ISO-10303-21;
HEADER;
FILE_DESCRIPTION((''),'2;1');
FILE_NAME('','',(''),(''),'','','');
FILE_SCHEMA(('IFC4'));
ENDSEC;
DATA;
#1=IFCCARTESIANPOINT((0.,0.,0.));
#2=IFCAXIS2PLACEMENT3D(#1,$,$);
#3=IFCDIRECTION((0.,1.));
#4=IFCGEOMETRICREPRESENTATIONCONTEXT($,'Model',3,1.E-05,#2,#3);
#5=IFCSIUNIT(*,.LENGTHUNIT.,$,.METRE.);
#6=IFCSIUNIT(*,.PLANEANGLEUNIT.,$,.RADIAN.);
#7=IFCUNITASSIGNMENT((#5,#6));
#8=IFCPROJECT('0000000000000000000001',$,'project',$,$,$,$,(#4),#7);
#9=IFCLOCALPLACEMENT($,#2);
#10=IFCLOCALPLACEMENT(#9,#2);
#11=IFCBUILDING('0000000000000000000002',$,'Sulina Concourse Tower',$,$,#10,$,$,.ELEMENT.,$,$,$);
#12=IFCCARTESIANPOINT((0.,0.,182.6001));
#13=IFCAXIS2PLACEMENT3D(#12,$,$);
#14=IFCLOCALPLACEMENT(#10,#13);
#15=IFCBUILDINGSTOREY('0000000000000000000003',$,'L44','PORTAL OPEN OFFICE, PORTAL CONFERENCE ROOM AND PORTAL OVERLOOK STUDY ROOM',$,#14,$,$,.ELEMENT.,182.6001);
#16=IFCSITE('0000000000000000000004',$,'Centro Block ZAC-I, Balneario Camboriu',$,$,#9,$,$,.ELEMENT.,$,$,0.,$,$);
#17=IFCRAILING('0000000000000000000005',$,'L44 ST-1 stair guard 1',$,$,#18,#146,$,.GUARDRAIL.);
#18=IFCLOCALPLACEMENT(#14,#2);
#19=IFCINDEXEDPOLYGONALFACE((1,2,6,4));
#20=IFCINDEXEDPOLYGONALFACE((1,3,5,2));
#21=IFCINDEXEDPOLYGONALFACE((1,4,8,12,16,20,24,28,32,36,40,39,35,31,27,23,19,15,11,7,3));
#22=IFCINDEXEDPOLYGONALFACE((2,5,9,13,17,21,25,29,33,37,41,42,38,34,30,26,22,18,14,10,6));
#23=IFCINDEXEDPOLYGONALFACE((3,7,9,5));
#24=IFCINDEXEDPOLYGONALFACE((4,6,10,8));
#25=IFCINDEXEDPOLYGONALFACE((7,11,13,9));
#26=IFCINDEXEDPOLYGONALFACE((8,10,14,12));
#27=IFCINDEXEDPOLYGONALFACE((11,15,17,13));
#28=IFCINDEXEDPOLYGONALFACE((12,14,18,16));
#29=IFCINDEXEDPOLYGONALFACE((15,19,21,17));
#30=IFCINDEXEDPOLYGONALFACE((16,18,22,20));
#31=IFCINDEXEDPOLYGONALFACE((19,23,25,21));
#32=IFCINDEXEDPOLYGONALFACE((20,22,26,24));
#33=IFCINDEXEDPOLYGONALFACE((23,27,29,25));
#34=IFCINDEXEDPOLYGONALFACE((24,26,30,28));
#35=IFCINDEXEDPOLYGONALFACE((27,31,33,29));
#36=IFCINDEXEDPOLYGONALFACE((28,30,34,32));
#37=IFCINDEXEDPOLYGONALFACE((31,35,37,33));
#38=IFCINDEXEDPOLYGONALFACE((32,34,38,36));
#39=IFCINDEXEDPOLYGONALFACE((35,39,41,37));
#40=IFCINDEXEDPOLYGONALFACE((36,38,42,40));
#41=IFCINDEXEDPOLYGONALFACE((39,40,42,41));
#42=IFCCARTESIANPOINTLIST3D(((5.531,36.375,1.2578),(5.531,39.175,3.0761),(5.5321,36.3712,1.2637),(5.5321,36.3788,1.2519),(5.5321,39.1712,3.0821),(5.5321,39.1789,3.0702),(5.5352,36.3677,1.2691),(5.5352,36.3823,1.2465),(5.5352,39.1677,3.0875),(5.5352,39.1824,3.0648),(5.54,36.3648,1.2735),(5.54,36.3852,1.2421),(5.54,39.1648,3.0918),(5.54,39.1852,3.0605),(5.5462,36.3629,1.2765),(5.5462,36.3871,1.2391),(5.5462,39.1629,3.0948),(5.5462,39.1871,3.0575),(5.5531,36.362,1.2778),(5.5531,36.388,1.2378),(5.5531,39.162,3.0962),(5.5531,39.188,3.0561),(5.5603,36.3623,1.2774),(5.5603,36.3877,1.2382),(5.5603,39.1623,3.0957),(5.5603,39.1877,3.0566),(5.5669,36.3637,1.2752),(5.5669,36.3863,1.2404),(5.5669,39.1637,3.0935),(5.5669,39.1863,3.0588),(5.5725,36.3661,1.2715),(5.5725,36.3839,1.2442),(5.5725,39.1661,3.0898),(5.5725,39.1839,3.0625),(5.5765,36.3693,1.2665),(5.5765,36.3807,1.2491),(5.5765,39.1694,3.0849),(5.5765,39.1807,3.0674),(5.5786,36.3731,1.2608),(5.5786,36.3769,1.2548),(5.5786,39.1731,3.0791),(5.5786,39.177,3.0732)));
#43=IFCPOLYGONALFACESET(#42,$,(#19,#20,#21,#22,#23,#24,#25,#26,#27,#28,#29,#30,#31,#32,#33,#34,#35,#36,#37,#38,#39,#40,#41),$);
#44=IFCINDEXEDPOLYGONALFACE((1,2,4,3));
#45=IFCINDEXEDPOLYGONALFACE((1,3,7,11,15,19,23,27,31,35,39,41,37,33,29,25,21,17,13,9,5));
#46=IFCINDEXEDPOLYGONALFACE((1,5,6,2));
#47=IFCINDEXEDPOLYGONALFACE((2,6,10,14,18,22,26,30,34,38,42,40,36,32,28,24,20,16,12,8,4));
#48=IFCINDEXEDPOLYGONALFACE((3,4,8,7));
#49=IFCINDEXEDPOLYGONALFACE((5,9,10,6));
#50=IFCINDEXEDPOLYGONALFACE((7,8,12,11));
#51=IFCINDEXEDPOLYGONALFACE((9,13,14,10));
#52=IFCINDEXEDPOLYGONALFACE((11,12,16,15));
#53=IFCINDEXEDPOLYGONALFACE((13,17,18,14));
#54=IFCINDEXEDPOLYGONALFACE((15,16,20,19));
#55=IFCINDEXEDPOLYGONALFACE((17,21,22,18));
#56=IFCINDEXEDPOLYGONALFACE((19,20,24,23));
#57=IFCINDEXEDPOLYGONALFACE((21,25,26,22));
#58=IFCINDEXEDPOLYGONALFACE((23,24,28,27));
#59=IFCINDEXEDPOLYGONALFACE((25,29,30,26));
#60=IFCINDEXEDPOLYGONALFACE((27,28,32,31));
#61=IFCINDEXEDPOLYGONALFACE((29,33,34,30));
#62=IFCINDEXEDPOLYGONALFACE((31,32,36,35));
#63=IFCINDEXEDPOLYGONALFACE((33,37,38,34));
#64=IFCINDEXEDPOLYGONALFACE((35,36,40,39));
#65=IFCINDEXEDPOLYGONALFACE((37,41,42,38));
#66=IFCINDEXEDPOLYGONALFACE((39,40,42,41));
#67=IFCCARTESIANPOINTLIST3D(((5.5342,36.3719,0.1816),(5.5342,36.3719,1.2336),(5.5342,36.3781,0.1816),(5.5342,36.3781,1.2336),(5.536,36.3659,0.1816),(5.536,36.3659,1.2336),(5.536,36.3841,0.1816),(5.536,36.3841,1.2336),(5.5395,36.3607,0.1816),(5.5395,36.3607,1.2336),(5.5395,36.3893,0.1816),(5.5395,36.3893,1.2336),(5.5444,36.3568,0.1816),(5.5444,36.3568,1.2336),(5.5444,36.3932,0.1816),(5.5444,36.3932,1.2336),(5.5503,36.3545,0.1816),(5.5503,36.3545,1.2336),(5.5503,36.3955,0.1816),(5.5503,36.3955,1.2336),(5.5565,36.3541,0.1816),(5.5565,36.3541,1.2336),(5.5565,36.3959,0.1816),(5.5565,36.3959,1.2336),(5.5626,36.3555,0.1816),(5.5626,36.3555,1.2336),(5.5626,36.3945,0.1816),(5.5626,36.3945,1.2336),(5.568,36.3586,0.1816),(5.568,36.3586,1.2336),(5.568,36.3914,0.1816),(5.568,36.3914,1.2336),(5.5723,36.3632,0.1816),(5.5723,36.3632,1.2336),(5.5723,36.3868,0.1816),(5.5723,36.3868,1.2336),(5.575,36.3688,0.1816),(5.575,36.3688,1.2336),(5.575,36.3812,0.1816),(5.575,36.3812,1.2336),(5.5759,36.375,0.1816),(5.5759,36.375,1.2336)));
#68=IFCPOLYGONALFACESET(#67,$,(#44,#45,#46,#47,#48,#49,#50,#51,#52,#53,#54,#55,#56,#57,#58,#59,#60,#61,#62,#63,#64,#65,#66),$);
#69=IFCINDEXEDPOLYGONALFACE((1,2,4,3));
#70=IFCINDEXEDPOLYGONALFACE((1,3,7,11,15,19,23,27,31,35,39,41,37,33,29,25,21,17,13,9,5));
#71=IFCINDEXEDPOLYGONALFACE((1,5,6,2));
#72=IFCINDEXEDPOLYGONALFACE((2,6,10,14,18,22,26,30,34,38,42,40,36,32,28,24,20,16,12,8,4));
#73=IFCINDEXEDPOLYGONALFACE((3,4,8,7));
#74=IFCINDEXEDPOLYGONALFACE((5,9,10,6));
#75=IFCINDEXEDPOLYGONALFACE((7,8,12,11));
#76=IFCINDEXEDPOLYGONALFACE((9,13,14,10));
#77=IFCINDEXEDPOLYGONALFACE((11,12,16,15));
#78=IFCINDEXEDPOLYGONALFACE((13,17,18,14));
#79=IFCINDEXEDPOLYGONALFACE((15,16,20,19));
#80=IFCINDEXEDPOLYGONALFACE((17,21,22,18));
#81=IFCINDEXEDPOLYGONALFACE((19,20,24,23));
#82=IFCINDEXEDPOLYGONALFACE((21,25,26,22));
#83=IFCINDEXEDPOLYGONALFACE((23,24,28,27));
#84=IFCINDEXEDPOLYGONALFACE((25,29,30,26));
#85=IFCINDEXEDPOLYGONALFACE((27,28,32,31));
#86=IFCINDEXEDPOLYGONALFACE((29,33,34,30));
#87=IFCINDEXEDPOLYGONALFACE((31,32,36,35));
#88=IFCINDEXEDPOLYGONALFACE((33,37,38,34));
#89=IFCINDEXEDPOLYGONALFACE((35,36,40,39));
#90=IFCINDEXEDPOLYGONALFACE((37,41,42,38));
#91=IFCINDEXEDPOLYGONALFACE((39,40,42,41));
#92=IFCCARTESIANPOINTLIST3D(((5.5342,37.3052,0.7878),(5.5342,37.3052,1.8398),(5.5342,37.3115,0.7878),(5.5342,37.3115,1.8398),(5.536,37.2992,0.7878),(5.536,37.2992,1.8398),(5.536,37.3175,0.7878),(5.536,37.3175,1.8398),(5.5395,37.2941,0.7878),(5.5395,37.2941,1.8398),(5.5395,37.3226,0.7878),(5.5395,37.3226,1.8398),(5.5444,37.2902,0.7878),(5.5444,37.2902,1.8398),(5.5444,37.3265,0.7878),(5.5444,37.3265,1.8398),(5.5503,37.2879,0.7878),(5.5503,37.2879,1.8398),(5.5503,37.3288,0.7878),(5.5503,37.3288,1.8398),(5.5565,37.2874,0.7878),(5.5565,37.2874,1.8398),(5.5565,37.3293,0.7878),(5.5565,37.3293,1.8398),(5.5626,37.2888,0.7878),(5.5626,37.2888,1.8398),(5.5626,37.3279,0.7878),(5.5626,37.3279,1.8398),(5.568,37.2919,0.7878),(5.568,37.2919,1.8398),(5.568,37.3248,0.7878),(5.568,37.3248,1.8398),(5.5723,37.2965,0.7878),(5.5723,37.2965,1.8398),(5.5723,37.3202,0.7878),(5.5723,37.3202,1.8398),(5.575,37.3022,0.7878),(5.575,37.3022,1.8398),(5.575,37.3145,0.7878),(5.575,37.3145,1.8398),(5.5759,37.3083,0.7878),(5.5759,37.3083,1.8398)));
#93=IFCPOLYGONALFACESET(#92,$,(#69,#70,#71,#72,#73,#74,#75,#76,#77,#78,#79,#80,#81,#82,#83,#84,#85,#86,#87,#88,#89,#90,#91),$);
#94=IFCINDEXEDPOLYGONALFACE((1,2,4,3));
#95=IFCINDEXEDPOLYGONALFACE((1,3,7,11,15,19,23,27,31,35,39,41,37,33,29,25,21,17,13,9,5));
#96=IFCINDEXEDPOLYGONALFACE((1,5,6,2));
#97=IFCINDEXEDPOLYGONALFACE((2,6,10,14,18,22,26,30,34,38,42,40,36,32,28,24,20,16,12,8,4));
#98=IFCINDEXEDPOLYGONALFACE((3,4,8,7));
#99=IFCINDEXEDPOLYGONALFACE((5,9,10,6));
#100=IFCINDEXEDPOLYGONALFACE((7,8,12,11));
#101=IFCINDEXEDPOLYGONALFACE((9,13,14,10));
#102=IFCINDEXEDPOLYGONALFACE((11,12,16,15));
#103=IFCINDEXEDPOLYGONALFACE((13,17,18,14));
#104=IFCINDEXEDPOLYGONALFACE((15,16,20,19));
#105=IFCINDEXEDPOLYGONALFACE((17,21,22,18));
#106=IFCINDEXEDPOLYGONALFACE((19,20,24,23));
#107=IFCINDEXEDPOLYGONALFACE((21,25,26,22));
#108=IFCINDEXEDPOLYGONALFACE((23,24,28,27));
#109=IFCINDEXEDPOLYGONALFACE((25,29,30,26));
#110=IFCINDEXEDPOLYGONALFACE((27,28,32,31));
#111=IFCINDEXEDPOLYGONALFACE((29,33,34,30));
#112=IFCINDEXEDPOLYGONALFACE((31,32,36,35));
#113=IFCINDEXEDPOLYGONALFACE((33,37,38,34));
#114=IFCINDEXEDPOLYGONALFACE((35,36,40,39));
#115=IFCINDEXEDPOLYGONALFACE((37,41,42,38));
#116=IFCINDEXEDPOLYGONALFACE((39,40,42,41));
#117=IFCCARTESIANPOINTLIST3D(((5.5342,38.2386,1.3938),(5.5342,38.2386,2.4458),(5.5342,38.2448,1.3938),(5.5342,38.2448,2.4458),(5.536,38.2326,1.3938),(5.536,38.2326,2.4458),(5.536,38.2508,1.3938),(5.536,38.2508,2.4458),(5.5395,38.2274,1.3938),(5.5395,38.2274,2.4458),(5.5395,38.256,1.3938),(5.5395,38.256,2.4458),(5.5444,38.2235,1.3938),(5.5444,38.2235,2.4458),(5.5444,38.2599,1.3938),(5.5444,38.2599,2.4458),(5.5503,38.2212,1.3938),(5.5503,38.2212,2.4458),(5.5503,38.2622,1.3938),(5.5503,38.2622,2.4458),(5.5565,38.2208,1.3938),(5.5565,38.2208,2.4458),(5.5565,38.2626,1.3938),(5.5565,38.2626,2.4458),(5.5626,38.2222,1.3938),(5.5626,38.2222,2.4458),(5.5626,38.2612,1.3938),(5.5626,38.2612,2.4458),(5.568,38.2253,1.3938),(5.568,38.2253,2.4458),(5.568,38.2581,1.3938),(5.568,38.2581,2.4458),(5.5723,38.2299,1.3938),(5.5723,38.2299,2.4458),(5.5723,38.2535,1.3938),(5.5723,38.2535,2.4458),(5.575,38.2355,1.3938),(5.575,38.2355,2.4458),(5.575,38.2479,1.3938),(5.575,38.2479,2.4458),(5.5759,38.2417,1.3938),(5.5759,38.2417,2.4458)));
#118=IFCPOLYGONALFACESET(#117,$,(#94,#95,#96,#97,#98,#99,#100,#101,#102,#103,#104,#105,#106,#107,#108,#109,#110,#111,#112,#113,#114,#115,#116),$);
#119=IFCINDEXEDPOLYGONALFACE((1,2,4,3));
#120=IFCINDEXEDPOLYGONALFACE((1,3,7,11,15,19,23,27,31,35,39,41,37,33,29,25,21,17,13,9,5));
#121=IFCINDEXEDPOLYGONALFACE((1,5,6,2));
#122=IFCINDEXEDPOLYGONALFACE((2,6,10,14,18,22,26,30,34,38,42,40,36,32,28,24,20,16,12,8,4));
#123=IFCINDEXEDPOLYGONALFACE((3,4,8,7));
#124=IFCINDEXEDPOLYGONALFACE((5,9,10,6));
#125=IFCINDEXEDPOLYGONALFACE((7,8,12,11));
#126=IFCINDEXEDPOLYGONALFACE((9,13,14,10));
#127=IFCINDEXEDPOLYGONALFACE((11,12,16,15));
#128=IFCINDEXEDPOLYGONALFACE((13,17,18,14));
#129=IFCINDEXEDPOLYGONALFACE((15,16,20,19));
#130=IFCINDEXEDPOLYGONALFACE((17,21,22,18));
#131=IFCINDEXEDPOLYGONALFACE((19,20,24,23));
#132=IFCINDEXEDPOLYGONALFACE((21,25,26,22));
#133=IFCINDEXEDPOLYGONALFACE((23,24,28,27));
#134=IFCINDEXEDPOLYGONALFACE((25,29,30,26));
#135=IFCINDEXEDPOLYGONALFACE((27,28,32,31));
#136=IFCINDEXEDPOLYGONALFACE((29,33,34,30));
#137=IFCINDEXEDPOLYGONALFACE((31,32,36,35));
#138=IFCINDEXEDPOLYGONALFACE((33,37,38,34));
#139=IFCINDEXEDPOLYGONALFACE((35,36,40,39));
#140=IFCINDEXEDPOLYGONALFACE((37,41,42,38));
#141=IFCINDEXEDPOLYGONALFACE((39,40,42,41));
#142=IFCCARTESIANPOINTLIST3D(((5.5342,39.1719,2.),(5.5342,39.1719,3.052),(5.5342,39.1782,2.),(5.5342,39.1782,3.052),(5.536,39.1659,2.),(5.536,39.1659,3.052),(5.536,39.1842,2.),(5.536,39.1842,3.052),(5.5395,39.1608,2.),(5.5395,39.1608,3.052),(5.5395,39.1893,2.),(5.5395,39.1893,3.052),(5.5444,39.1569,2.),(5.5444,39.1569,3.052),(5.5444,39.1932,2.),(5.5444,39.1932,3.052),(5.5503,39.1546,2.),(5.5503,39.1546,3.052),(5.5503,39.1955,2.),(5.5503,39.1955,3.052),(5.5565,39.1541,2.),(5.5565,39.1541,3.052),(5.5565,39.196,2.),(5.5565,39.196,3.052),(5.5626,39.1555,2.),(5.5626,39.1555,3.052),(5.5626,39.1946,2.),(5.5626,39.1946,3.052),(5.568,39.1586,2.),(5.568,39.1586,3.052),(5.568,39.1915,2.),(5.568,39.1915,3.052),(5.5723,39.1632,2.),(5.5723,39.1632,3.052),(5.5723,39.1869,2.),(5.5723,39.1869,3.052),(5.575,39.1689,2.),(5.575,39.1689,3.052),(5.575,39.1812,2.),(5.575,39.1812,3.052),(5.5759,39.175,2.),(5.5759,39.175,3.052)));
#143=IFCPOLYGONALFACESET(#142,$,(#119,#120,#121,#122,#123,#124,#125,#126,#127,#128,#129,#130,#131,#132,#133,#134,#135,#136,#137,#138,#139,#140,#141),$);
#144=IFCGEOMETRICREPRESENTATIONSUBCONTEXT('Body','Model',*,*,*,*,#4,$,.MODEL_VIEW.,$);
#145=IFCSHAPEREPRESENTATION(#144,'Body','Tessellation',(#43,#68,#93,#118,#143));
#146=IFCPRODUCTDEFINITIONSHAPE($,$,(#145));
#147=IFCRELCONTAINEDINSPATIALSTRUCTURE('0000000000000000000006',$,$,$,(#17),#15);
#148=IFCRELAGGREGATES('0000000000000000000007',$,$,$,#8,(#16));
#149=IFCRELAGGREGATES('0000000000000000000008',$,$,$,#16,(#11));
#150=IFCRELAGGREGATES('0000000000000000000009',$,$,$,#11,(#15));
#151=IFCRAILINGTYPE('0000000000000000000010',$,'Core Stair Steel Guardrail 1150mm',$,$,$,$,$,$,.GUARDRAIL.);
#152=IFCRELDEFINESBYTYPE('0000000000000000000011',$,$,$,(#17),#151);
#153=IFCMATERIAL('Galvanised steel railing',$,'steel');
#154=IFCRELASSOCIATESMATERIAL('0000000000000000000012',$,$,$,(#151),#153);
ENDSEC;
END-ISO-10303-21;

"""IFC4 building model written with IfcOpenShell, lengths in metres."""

from ifc_helpers import new_model, si_unit, direction, frame, origin, origin_2d, place, context, subcontext, project, spatial, circle, extrude, material, type_object, element, save


model = new_model("IFC4")

# Units and contexts
model_context = context("Model", 3, precision=1e-05, world=origin(), true_north=direction((0.0, 1.0)))
body_context = subcontext(model_context, "Body", "Model", "MODEL_VIEW")
ifc_project = project(units=[si_unit("LENGTHUNIT", "METRE"), si_unit("PLANEANGLEUNIT", "RADIAN")], contexts=[model_context])

# Site, building, storey
site_placement = place(None, origin())
site = spatial("IfcSite", under=ifc_project, at=site_placement, Name="Centro Block ZAC-I, Balneario Camboriu", CompositionType="ELEMENT", RefElevation=0.0)
building_placement = place(site_placement, origin())
building = spatial("IfcBuilding", under=site, at=building_placement, Name="Sulina Concourse Tower", CompositionType="ELEMENT")
storey_placement = place(building_placement, frame((0.0, 0.0, 182.6001)))
storey = spatial("IfcBuildingStorey", under=building, at=storey_placement, Name="L44", Description="PORTAL OPEN OFFICE, PORTAL CONFERENCE ROOM AND PORTAL OVERLOOK STUDY ROOM", CompositionType="ELEMENT", Elevation=182.6001)

# Railing
ifc_material_1 = material(Name="Galvanised steel railing", Category="steel")
railing_type_1 = type_object("IfcRailingType", Name="Core Stair Steel Guardrail 1150mm", PredefinedType="GUARDRAIL", material=ifc_material_1)
railing_1_placement = place(storey_placement, frame((5.5549, 36.375, 0.1816)))
element("IfcRailing", 1, at=railing_1_placement, inside=storey, type_object=railing_type_1, Name="L44 ST-1 stair guard 1", PredefinedType="GUARDRAIL", context=body_context, shape_type="SweptSolid", body=[
    extrude(circle(Radius=0.0239, at=origin_2d()), frame((0.0, 0.0, 1.0762), z_axis=(0.0, 0.838672, 0.544636), x_axis=(-1.0, 0.0, 0.0)), (0.0, 0.0, 1.0), 3.3386),
    extrude(circle(Radius=0.021, at=origin_2d()), origin(), (0.0, 0.0, 1.0), 1.052),
    extrude(circle(Radius=0.021, at=origin_2d()), frame((0.0, 0.9333, 0.6062)), (0.0, 0.0, 1.0), 1.052),
    extrude(circle(Radius=0.021, at=origin_2d()), frame((0.0, 1.8667, 1.2122)), (0.0, 0.0, 1.0), 1.052),
    extrude(circle(Radius=0.021, at=origin_2d()), frame((0.0, 2.8, 1.8184)), (0.0, 0.0, 1.0), 1.052),
])

save(model, "model.ifc")
